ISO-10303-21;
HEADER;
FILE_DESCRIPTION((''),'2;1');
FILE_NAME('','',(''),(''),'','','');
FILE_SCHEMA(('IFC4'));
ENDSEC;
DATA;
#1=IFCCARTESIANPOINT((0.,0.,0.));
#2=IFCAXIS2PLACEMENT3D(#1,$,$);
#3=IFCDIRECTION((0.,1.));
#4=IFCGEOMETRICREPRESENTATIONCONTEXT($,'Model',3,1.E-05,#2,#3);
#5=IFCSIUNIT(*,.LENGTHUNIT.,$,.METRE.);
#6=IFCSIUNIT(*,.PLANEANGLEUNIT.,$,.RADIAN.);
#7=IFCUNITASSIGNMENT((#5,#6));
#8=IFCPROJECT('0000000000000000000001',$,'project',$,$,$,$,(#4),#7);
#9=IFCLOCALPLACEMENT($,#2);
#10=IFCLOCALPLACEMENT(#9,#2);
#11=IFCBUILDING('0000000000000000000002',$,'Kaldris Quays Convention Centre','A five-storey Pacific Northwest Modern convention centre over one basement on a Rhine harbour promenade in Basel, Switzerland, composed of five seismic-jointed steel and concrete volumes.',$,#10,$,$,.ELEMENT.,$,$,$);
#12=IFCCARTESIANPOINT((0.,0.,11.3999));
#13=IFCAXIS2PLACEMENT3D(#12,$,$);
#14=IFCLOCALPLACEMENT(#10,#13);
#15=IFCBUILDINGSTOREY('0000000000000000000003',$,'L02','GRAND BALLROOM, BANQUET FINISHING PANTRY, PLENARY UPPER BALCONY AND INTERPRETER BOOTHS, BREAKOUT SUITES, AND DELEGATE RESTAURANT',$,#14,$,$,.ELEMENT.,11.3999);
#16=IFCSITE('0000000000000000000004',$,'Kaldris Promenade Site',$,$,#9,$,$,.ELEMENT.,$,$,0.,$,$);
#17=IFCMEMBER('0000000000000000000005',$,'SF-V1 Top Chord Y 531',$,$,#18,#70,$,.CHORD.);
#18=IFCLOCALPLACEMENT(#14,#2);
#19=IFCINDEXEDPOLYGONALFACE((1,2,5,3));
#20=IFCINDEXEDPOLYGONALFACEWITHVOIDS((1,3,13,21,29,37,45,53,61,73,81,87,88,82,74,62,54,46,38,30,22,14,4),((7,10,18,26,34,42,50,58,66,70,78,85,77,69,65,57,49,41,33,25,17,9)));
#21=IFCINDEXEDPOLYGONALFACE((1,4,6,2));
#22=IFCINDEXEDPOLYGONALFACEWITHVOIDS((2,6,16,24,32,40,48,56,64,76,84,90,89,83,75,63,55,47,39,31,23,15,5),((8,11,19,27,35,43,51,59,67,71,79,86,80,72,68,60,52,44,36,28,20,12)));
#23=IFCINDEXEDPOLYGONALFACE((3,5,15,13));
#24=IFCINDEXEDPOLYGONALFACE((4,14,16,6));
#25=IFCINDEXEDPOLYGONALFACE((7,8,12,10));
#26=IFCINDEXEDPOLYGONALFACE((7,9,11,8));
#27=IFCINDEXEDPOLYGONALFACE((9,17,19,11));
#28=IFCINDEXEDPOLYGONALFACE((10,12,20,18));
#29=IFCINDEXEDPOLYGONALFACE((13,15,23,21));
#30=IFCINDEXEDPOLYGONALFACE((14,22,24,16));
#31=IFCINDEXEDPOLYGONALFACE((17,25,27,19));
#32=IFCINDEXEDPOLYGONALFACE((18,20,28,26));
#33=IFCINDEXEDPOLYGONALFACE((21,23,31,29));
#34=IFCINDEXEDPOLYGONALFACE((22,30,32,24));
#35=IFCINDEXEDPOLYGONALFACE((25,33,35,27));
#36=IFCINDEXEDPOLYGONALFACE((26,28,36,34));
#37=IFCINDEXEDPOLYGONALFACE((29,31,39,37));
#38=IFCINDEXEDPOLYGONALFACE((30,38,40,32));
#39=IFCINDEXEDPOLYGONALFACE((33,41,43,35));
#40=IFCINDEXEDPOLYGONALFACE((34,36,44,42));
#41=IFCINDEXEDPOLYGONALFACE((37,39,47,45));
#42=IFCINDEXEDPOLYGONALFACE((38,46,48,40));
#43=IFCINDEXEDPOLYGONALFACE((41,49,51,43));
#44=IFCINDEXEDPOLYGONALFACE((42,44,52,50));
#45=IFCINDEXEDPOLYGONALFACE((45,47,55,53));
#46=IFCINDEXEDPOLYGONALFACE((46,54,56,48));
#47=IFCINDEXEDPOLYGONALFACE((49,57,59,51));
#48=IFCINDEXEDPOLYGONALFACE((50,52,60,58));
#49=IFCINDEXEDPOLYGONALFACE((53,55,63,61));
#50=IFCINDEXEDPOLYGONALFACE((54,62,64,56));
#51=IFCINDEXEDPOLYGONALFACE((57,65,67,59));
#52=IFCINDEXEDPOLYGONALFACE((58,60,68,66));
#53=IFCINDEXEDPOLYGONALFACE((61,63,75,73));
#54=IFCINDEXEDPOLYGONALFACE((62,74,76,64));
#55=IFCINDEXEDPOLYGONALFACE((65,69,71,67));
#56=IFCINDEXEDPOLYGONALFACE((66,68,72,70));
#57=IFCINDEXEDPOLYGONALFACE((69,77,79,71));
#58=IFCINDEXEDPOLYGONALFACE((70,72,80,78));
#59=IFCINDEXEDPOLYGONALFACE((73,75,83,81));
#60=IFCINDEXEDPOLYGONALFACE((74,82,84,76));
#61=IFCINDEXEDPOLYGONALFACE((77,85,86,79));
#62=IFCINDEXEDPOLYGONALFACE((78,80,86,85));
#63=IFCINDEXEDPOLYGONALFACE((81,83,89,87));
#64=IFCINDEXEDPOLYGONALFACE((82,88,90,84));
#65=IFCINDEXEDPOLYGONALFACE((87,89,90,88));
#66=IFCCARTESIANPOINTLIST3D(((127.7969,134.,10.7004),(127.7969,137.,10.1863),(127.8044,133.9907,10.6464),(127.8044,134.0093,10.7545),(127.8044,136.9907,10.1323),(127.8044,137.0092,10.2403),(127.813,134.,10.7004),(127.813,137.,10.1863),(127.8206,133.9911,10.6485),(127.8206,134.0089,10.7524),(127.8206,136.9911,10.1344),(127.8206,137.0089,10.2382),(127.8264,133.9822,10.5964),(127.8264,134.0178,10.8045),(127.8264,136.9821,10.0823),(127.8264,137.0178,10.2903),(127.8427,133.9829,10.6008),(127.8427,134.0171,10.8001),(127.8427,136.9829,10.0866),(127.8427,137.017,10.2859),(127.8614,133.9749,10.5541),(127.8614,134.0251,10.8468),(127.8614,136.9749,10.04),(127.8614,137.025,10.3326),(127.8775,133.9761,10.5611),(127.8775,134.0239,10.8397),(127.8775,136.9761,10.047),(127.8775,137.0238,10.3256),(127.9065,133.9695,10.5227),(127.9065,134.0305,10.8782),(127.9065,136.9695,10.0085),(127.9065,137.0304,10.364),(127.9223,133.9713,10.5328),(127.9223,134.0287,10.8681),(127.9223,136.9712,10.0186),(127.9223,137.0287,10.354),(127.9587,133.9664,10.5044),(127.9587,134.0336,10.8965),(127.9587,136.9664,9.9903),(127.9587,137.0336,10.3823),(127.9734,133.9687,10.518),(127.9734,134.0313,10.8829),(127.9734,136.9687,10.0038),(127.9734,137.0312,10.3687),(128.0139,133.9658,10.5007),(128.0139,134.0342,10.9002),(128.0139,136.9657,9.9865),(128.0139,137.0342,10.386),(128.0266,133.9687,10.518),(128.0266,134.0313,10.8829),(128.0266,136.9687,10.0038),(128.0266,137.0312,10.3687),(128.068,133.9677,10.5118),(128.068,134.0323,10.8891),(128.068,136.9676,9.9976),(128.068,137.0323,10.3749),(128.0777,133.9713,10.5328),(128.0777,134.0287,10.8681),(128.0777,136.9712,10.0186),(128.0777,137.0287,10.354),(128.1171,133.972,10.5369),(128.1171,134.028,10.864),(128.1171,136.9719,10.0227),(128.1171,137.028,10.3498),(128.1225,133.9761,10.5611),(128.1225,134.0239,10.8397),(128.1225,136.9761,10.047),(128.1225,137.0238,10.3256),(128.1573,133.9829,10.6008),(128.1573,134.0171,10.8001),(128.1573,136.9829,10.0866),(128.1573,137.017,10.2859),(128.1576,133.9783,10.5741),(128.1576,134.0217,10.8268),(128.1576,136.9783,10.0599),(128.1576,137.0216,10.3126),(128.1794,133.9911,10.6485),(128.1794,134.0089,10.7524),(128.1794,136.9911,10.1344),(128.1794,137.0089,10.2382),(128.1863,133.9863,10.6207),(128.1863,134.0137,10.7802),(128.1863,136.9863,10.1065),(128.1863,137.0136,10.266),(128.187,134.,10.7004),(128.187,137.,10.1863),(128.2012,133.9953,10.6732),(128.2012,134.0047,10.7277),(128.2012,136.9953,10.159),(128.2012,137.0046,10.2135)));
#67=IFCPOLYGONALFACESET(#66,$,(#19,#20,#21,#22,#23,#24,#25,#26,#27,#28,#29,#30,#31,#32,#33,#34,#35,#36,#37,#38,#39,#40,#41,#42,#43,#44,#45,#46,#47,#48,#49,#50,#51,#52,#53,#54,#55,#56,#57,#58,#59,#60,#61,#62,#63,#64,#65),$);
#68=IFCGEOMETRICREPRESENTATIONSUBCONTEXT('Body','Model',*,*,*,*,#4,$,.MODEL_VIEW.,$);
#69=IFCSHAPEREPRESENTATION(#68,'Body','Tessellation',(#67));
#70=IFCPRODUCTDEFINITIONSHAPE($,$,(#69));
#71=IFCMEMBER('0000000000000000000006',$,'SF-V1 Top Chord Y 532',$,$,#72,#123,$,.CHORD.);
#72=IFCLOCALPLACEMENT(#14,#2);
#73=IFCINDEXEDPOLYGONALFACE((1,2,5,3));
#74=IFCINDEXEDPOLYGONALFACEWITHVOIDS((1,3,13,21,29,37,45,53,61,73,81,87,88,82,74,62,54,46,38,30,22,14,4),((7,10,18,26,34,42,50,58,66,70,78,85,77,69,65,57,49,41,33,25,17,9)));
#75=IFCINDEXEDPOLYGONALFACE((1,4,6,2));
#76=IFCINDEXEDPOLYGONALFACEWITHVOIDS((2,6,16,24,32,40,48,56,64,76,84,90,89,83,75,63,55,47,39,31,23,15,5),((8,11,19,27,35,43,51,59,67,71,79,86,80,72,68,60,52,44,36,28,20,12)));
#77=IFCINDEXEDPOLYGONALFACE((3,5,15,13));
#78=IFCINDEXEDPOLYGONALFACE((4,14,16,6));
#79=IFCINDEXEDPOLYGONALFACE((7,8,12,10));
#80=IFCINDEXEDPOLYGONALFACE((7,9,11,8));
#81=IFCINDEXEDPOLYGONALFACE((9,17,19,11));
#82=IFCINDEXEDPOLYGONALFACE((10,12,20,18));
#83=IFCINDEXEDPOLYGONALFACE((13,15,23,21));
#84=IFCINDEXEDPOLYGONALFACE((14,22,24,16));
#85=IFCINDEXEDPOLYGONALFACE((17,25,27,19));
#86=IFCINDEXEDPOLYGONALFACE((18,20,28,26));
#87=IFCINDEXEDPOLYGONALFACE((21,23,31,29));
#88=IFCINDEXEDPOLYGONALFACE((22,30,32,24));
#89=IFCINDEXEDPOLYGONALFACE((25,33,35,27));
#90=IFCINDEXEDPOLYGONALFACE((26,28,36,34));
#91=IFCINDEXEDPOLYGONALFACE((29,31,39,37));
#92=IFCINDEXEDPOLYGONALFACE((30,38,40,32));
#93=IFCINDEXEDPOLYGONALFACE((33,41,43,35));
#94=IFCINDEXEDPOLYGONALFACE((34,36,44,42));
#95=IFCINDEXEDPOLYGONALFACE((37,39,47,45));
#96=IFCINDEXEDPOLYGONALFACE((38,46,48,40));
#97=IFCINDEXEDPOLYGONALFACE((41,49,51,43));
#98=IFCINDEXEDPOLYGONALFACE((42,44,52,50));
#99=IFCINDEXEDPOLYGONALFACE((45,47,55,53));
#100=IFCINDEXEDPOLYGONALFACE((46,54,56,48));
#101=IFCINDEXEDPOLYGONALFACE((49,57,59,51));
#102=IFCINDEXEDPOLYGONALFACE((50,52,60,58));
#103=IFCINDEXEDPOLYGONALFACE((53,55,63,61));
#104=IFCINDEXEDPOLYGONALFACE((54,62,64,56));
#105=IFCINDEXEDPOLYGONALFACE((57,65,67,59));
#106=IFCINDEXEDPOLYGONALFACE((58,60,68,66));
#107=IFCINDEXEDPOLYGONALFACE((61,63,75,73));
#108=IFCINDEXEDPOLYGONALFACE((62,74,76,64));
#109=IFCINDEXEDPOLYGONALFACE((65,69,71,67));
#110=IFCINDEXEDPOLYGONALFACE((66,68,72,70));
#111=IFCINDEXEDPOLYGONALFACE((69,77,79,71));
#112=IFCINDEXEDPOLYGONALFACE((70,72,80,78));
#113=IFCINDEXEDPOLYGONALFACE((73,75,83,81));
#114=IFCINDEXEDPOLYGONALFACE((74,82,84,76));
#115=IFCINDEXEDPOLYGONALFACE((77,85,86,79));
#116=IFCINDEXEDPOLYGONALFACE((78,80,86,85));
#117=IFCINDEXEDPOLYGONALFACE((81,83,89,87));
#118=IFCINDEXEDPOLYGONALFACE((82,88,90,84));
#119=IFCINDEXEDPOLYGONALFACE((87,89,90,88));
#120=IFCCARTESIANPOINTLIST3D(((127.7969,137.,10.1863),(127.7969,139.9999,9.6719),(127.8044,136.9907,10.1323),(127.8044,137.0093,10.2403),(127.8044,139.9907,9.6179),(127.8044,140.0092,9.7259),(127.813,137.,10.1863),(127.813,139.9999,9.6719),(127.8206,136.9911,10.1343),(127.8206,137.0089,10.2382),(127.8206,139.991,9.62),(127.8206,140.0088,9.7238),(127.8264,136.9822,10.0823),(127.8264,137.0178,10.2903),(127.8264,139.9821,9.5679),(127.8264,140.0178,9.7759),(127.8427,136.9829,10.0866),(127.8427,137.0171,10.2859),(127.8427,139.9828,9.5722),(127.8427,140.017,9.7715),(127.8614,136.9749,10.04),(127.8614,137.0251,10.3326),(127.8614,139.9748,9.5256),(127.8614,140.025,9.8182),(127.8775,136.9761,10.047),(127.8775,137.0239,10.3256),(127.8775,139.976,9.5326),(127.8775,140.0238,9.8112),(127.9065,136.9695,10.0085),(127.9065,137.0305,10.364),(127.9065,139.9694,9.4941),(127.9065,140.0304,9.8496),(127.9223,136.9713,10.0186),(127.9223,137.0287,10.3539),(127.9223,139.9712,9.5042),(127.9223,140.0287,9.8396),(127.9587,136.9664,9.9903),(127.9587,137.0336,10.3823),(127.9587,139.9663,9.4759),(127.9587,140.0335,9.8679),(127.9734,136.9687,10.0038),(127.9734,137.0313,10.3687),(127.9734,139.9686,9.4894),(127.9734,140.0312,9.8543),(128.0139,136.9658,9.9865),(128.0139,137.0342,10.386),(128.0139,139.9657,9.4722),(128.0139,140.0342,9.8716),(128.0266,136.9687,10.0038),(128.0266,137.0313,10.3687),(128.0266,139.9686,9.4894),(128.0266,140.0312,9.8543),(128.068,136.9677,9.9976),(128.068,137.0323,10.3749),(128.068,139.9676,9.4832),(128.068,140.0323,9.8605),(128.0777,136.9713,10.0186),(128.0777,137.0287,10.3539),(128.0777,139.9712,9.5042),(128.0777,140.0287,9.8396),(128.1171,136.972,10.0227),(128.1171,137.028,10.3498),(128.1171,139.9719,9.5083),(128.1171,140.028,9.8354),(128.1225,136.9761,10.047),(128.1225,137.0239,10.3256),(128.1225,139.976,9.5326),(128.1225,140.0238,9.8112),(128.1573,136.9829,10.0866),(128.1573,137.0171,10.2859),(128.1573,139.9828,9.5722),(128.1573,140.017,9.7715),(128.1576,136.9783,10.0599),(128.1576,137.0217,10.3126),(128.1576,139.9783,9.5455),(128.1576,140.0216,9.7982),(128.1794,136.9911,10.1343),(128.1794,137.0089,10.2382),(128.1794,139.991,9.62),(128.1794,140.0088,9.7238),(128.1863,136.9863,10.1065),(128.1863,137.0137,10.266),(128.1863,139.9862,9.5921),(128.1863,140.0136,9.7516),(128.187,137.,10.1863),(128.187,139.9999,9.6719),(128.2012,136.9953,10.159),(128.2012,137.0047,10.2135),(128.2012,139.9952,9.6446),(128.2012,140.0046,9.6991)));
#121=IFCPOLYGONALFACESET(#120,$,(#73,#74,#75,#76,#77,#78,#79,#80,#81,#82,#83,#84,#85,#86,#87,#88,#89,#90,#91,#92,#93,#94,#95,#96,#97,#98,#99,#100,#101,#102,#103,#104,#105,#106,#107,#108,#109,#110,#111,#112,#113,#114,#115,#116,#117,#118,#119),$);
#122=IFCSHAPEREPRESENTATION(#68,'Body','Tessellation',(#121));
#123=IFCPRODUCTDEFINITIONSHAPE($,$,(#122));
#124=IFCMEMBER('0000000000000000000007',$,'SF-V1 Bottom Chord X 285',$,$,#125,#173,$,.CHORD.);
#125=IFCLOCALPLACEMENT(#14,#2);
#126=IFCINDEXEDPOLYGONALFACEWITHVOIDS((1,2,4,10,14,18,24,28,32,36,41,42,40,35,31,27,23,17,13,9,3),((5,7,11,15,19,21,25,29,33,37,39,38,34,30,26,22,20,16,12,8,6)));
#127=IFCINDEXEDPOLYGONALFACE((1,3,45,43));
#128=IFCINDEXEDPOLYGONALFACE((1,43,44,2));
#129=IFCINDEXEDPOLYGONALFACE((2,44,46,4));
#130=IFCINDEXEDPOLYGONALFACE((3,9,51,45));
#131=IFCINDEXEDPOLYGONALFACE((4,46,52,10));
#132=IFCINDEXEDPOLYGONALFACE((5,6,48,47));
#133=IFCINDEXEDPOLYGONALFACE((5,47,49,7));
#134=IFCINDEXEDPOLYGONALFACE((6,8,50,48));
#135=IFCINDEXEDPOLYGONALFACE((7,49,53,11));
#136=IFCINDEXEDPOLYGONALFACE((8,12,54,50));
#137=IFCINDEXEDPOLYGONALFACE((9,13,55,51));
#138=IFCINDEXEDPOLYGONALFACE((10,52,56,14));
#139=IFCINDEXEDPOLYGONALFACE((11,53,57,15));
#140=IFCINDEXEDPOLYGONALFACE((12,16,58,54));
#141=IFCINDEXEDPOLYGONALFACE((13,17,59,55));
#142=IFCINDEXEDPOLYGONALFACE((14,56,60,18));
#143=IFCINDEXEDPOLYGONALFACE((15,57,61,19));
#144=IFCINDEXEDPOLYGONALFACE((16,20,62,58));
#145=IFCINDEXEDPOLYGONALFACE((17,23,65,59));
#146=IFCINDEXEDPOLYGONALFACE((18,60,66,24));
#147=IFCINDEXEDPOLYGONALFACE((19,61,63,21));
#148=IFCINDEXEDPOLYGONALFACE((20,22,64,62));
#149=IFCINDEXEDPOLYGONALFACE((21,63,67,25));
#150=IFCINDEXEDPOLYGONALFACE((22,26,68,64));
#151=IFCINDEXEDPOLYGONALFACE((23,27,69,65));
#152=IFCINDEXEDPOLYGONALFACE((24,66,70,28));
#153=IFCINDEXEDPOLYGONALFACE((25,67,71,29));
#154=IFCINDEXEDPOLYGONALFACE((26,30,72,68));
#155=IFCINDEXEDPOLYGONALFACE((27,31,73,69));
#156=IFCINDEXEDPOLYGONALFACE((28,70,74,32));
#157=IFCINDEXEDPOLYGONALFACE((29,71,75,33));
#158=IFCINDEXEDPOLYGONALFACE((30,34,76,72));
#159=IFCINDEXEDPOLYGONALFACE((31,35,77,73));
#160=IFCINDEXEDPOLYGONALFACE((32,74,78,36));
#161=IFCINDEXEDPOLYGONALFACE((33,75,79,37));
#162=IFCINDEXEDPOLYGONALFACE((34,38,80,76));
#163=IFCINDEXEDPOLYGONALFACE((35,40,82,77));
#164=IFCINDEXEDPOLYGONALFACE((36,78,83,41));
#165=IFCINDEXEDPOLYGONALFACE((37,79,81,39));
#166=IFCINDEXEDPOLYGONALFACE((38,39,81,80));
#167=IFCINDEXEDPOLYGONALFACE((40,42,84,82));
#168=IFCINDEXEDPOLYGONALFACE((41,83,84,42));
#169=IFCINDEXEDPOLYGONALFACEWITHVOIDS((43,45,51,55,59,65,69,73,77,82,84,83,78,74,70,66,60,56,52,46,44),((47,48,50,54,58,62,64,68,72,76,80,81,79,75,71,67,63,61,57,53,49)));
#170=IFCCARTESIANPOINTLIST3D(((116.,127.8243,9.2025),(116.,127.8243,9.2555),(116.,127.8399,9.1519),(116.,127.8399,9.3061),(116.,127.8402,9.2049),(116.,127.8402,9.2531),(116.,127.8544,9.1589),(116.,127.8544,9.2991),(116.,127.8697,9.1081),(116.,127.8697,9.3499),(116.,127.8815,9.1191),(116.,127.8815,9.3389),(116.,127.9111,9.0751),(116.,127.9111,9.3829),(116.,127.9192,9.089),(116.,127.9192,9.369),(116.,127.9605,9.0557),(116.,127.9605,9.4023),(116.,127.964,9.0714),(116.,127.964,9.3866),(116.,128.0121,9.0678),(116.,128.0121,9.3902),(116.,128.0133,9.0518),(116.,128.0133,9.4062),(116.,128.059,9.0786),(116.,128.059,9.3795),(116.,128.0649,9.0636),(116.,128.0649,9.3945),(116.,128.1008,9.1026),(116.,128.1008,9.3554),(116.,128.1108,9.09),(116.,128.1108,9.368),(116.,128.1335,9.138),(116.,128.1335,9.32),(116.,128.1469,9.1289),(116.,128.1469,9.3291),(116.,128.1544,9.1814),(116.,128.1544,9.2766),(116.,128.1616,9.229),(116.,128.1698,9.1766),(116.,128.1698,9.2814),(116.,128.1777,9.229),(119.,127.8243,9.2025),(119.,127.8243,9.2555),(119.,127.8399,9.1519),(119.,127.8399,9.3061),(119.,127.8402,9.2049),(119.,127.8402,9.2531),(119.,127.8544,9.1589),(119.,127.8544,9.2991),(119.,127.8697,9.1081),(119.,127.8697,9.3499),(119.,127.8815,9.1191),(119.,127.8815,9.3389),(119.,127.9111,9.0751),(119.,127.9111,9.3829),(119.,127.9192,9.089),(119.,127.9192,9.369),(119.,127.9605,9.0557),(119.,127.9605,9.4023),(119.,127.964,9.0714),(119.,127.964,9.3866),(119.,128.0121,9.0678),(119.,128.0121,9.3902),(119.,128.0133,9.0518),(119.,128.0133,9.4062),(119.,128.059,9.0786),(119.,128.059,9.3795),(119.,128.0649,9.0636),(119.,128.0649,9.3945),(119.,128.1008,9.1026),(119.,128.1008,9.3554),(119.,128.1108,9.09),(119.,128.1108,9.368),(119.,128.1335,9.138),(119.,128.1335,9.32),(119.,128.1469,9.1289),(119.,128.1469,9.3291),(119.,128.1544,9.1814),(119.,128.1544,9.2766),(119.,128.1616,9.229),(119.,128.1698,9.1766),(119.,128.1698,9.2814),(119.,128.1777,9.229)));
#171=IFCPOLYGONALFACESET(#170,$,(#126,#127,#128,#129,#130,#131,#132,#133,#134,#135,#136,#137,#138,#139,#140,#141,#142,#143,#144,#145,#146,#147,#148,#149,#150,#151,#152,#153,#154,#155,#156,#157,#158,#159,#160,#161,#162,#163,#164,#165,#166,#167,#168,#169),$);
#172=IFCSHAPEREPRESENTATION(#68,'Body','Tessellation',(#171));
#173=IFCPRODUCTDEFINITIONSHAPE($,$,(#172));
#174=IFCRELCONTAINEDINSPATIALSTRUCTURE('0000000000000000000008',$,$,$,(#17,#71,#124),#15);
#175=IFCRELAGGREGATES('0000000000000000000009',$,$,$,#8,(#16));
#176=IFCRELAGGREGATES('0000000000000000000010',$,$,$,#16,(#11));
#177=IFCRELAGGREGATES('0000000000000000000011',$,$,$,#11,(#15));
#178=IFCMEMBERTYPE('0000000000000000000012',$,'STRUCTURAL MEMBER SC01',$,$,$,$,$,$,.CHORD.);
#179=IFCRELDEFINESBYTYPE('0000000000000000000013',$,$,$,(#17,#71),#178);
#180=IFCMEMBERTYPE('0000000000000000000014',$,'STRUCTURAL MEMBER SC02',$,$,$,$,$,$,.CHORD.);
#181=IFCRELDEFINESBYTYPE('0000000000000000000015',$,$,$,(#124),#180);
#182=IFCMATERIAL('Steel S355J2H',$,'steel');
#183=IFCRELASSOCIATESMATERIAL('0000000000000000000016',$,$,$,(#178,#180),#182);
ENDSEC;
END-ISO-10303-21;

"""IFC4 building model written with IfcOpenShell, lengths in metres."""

from ifc_helpers import new_model, si_unit, direction, frame, origin, origin_2d, place, context, subcontext, project, spatial, hollow_circle, extrude, material, material_profile, profile_set, type_object, element, save


model = new_model("IFC4")

# Units and contexts
model_context = context("Model", 3, precision=1e-05, world=origin(), true_north=direction((0.0, 1.0)))
body_context = subcontext(model_context, "Body", "Model", "MODEL_VIEW")
ifc_project = project(units=[si_unit("LENGTHUNIT", "METRE"), si_unit("PLANEANGLEUNIT", "RADIAN")], contexts=[model_context])

# Site, building, storey
site_placement = place(None, origin())
site = spatial("IfcSite", under=ifc_project, at=site_placement, Name="Kaldris Promenade Site", CompositionType="ELEMENT", RefElevation=0.0)
building_placement = place(site_placement, origin())
building = spatial("IfcBuilding", under=site, at=building_placement, Name="Kaldris Quays Convention Centre", Description="A five-storey Pacific Northwest Modern convention centre over one basement on a Rhine harbour promenade in Basel, Switzerland, composed of five seismic-jointed steel and concrete volumes.", CompositionType="ELEMENT")
storey_placement = place(building_placement, frame((0.0, 0.0, 11.3999)))
storey = spatial("IfcBuildingStorey", under=building, at=storey_placement, Name="L02", Description="GRAND BALLROOM, BANQUET FINISHING PANTRY, PLENARY UPPER BALCONY AND INTERPRETER BOOTHS, BREAKOUT SUITES, AND DELEGATE RESTAURANT", CompositionType="ELEMENT", Elevation=11.3999)

# Members
ifc_material_1 = material(Name="Steel S355J2H", Category="steel")
ifc_material_profile_1 = material_profile(ifc_material_1, hollow_circle(Radius=0.2031, WallThickness=0.0161, at=origin_2d()), Name="CHS 406.4x16")
ifc_profile_set_1 = profile_set([ifc_material_profile_1], Name="Steel S355J2H")
member_type_1 = type_object("IfcMemberType", Name="STRUCTURAL MEMBER SC01", PredefinedType="CHORD", material=ifc_profile_set_1)
for number, where, z_axis, x_axis, name in (
    (1, (128.0, 134.0, 10.7004), (0.0, 0.985629, -0.168924), (-1.0, 0.0, 0.0), "SF-V1 Top Chord Y 531"),
    (2, (128.0, 137.0, 10.1863), (0.0, 0.985616, -0.169002), (-1.0, 0.0, 0.0), "SF-V1 Top Chord Y 532"),
):
    element("IfcMember", number, at=place(storey_placement, frame(where, z_axis=z_axis, x_axis=x_axis)), inside=storey, type_object=member_type_1, Name=name, PredefinedType="CHORD", context=body_context, shape_type="SweptSolid", body=[
        extrude(hollow_circle(Radius=0.2031, WallThickness=0.0161, at=origin_2d()), origin(), (0.0, 0.0, 1.0), 3.0437),
    ])
ifc_material_profile_2 = material_profile(ifc_material_1, hollow_circle(Radius=0.1777, WallThickness=0.0161, at=origin_2d()), Name="CHS 355.6x16")
ifc_profile_set_2 = profile_set([ifc_material_profile_2], Name="Steel S355J2H")
member_type_2 = type_object("IfcMemberType", Name="STRUCTURAL MEMBER SC02", PredefinedType="CHORD", material=ifc_profile_set_2)
for number, where, z_axis, x_axis, name in (
    (3, (116.0, 128.0, 9.229), (1.0, 0.0, 0.0), (0.0, 1.0, 0.0), "SF-V1 Bottom Chord X 285"),
):
    element("IfcMember", number, at=place(storey_placement, frame(where, z_axis=z_axis, x_axis=x_axis)), inside=storey, type_object=member_type_2, Name=name, PredefinedType="CHORD", context=body_context, shape_type="SweptSolid", body=[
        extrude(hollow_circle(Radius=0.1777, WallThickness=0.0161, at=origin_2d()), origin(), (0.0, 0.0, 1.0), 3.0),
    ])

save(model, "model.ifc")
